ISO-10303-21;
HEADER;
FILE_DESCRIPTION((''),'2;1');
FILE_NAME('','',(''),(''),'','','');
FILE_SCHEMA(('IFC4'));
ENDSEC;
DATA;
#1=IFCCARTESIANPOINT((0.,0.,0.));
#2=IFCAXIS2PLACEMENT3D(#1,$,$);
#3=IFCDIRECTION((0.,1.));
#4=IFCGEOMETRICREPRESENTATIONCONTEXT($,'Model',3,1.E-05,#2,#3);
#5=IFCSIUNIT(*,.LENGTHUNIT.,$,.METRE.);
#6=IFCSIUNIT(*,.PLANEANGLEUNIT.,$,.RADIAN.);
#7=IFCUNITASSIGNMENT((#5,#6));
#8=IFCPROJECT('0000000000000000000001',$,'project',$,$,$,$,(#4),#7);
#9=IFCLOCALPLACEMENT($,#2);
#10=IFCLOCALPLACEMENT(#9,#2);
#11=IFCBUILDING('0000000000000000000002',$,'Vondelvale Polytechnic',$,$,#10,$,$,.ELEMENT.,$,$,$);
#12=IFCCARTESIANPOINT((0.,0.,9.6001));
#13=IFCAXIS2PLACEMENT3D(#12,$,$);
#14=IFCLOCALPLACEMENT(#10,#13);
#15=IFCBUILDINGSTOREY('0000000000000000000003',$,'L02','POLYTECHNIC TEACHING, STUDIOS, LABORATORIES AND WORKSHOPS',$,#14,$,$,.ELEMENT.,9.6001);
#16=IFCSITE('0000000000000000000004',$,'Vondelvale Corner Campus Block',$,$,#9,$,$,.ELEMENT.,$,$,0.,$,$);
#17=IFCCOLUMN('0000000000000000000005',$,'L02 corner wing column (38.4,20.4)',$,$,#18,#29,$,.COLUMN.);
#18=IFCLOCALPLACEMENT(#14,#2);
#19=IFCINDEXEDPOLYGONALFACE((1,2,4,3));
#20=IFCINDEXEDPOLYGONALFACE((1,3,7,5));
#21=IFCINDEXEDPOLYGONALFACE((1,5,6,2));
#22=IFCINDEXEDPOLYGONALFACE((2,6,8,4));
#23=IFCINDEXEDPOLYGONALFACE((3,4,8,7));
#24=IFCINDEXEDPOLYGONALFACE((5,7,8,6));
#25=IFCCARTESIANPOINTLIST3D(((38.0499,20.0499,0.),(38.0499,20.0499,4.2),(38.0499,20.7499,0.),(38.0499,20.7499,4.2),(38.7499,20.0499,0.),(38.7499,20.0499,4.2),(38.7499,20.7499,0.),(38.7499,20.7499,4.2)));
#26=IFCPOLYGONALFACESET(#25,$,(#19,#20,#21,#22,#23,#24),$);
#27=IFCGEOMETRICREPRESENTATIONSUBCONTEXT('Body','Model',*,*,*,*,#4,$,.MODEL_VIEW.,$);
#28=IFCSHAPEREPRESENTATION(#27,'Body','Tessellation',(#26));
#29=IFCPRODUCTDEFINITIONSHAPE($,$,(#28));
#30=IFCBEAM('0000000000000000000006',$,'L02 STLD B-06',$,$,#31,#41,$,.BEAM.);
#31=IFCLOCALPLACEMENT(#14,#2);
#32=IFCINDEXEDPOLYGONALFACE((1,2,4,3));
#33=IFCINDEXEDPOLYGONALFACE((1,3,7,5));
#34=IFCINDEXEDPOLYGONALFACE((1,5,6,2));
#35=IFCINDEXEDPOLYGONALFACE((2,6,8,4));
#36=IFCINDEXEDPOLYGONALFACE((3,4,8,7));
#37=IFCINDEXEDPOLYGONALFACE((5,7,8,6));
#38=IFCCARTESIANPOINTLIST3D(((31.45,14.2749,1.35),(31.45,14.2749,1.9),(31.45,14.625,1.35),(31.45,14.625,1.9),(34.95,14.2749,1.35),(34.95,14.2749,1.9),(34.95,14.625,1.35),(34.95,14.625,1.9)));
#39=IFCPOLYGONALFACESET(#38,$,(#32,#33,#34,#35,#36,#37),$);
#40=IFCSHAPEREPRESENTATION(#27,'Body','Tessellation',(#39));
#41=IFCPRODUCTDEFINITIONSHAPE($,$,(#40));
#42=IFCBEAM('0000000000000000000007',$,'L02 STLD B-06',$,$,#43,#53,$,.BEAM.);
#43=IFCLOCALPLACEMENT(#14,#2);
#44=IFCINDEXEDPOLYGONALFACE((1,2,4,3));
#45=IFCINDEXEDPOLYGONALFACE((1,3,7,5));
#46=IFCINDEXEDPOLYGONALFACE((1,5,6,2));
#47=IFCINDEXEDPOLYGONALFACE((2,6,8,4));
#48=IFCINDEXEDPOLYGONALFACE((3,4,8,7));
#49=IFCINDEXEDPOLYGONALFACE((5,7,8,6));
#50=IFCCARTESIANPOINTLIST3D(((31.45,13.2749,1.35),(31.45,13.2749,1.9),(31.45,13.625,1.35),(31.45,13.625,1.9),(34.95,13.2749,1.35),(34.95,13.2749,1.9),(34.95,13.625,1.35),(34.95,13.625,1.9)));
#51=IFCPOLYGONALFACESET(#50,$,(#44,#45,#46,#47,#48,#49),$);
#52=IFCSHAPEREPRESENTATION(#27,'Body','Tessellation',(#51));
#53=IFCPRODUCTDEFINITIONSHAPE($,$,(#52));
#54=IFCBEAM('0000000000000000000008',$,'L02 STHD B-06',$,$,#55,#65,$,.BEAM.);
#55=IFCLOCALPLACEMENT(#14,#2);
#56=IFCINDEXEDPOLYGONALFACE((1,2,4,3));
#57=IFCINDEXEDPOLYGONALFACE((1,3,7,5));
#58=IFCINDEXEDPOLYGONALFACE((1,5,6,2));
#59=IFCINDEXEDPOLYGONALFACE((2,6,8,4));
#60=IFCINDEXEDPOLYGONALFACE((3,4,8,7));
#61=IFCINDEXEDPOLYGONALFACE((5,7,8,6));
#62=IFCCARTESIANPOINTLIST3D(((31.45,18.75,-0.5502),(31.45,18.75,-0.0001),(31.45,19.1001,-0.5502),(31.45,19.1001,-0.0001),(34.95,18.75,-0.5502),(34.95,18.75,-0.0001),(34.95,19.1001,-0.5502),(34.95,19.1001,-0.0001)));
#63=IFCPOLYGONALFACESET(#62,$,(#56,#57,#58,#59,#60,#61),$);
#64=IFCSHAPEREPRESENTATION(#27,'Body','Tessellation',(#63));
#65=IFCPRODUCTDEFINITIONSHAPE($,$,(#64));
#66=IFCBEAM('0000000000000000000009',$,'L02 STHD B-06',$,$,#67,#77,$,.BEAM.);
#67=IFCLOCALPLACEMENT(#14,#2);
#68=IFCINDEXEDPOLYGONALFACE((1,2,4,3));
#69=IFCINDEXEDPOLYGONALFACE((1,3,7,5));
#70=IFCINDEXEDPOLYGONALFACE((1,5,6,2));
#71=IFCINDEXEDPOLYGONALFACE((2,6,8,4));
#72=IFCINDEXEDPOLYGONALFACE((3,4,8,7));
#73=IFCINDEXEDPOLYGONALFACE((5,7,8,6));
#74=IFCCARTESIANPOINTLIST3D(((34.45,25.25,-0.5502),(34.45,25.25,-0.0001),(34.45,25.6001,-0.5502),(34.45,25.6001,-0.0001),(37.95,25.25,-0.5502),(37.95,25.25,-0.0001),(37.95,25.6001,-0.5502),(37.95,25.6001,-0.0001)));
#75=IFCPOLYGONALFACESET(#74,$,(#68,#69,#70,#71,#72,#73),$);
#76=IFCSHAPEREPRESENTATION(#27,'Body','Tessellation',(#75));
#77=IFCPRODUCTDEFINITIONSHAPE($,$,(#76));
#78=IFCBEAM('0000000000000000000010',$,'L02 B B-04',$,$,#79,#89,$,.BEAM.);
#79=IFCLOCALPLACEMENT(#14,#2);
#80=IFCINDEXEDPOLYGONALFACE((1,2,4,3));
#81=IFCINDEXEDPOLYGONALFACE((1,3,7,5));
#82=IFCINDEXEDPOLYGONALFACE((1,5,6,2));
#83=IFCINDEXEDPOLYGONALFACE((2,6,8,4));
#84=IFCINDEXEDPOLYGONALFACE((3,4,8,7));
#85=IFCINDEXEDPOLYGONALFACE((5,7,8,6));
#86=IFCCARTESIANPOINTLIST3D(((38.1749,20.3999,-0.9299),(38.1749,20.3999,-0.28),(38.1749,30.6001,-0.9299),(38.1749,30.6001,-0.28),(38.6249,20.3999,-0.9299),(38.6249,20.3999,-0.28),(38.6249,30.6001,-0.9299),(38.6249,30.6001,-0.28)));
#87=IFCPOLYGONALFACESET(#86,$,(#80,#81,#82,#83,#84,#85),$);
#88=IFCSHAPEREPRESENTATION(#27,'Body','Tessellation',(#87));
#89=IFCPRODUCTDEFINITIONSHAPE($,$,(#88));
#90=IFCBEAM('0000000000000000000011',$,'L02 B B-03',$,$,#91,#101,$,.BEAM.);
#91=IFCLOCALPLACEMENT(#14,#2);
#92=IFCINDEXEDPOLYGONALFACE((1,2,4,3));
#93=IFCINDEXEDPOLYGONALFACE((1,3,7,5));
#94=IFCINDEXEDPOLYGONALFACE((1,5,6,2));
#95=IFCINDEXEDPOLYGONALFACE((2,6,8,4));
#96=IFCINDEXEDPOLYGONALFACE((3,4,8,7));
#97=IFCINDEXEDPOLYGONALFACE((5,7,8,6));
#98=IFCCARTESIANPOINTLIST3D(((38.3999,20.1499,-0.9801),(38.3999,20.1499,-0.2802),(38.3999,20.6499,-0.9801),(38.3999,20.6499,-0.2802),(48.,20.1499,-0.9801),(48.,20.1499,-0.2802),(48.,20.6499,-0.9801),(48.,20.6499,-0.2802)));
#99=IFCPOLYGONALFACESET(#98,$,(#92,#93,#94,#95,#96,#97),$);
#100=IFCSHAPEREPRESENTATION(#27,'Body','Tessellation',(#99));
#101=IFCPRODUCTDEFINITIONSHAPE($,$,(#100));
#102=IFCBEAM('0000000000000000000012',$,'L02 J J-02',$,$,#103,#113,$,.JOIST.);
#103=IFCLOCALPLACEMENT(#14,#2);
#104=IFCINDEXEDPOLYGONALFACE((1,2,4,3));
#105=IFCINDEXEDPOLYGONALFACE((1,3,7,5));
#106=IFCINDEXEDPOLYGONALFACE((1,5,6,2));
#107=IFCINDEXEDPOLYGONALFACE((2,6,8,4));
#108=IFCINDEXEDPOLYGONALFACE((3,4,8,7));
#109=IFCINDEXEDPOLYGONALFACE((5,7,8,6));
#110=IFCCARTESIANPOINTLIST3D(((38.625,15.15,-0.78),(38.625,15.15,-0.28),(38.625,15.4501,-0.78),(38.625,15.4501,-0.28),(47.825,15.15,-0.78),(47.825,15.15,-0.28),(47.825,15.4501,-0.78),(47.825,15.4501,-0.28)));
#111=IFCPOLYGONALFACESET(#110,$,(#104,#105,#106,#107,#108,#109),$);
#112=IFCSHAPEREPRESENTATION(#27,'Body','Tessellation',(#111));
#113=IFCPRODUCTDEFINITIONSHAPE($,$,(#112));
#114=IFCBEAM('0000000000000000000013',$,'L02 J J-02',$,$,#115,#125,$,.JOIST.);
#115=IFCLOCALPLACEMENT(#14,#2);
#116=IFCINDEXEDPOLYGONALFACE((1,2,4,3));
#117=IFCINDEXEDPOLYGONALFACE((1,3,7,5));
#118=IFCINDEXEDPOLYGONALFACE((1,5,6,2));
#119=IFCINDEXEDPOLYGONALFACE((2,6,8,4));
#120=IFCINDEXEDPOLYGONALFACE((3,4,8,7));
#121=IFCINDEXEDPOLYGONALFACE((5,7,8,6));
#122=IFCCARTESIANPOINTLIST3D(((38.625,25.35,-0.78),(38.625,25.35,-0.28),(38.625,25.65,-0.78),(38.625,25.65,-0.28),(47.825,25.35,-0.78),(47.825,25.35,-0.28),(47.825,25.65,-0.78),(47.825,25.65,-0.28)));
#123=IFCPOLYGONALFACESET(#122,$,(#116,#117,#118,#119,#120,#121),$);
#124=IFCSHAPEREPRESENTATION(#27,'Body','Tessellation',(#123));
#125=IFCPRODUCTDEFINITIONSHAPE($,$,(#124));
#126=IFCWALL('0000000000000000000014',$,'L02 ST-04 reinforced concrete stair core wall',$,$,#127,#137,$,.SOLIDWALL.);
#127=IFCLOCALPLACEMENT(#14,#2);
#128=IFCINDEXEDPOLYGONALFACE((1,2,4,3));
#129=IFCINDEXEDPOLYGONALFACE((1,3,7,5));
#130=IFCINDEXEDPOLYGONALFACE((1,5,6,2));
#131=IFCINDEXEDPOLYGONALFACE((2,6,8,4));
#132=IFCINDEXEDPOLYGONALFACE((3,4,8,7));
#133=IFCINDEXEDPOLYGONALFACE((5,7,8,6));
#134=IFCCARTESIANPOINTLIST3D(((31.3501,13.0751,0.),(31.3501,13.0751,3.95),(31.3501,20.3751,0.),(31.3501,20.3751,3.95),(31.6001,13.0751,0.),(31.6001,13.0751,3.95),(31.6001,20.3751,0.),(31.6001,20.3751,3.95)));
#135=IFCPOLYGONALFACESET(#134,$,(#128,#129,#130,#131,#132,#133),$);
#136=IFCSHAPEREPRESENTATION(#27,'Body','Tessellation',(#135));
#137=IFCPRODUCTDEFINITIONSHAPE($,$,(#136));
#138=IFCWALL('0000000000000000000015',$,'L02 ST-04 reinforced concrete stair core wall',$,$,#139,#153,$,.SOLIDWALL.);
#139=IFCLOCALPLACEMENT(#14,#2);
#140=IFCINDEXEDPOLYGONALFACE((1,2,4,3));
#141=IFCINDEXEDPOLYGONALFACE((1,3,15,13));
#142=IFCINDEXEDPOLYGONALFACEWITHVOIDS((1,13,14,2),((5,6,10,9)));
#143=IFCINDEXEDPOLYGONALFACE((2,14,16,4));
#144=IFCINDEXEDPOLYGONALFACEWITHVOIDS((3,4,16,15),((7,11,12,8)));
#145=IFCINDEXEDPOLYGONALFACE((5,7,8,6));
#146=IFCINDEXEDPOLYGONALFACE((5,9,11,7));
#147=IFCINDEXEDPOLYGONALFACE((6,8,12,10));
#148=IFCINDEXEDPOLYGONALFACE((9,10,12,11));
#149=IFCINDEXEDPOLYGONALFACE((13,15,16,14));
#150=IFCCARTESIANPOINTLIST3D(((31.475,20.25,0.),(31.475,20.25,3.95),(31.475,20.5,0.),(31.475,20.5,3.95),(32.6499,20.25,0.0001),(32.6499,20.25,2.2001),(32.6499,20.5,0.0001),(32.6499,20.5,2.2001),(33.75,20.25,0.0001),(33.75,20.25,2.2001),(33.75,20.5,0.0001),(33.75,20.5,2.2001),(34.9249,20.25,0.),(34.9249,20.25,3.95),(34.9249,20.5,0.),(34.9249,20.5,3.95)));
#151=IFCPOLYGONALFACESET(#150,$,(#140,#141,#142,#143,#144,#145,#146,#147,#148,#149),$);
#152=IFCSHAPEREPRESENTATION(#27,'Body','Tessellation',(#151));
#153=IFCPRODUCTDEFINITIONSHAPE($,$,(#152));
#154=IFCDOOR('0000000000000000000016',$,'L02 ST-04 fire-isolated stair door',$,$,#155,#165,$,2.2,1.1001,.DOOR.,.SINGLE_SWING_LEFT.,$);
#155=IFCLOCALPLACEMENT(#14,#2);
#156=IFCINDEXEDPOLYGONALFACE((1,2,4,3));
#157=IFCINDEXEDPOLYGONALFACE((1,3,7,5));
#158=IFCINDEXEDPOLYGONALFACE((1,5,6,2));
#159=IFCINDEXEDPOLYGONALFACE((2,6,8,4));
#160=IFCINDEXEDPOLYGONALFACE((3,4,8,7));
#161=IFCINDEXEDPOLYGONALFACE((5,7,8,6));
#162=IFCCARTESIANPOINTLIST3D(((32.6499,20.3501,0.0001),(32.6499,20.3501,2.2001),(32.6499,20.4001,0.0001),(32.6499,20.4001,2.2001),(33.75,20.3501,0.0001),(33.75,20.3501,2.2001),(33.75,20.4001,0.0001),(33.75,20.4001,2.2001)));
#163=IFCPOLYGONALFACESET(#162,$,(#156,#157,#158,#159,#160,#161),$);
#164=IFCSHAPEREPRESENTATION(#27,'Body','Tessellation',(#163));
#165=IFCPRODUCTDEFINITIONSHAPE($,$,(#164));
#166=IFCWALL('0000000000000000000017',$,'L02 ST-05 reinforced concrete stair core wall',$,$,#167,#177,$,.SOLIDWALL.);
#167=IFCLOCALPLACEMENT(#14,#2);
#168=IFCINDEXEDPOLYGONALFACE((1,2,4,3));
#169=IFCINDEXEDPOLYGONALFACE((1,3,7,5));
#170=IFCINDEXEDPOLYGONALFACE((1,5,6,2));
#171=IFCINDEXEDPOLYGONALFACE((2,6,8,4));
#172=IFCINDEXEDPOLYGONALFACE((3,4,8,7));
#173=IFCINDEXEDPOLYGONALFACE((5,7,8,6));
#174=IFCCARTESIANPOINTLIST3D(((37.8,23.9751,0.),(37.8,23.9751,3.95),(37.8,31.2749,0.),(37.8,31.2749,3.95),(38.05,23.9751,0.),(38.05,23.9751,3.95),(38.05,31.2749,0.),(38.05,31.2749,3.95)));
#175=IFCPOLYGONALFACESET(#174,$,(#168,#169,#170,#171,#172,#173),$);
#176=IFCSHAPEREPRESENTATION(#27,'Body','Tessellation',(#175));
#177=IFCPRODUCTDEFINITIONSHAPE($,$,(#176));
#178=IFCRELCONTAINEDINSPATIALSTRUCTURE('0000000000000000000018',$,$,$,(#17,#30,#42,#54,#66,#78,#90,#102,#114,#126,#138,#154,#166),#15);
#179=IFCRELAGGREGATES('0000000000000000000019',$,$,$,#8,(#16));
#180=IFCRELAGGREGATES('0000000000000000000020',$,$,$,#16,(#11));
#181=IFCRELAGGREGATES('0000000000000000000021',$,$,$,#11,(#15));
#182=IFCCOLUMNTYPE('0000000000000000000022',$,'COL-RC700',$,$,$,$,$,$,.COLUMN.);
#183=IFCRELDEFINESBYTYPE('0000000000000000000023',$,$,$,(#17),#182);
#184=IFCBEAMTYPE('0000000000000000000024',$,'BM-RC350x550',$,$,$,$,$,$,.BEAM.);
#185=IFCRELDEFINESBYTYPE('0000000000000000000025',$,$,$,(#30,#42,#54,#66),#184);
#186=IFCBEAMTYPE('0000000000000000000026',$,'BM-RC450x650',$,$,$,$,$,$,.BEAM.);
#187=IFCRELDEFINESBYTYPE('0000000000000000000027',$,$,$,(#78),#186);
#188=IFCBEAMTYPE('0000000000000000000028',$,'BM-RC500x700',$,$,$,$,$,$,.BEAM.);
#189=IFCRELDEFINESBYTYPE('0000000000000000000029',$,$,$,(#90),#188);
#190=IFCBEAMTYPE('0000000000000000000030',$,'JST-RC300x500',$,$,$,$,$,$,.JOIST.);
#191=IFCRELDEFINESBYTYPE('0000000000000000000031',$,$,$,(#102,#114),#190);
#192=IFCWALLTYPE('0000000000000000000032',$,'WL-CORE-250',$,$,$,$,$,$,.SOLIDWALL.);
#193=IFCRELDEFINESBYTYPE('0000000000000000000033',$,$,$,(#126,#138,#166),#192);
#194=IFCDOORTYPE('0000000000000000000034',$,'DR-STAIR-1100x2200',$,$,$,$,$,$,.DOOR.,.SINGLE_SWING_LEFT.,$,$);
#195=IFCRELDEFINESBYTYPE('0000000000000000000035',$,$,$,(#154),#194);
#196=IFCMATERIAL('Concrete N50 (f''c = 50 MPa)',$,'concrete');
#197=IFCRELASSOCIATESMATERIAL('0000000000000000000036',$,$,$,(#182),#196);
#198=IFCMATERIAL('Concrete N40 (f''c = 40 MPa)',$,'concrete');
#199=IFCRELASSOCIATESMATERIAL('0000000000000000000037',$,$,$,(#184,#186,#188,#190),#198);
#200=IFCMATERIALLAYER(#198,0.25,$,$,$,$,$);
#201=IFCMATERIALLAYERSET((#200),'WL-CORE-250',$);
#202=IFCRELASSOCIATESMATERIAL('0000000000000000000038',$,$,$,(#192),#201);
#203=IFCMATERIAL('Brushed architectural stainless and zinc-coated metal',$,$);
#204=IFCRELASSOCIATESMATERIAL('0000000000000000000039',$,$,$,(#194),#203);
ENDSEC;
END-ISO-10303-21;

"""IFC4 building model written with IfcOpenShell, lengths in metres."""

from ifc_helpers import new_model, si_unit, direction, frame, frame_2d, origin, origin_2d, place, context, subcontext, project, spatial, rectangle, extrude, material, layer, layer_set, material_profile, profile_set, type_object, element, fill, save


model = new_model("IFC4")

# Units and contexts
model_context = context("Model", 3, precision=1e-05, world=origin(), true_north=direction((0.0, 1.0)))
body_context = subcontext(model_context, "Body", "Model", "MODEL_VIEW")
ifc_project = project(units=[si_unit("LENGTHUNIT", "METRE"), si_unit("PLANEANGLEUNIT", "RADIAN")], contexts=[model_context])

# Site, building, storey
site_placement = place(None, origin())
site = spatial("IfcSite", under=ifc_project, at=site_placement, Name="Vondelvale Corner Campus Block", CompositionType="ELEMENT", RefElevation=0.0)
building_placement = place(site_placement, origin())
building = spatial("IfcBuilding", under=site, at=building_placement, Name="Vondelvale Polytechnic", CompositionType="ELEMENT")
storey_placement = place(building_placement, frame((0.0, 0.0, 9.6001)))
storey = spatial("IfcBuildingStorey", under=building, at=storey_placement, Name="L02", Description="POLYTECHNIC TEACHING, STUDIOS, LABORATORIES AND WORKSHOPS", CompositionType="ELEMENT", Elevation=9.6001)

# Column
ifc_material_1 = material(Name="Concrete N50 (f'c = 50 MPa)", Category="concrete")
ifc_material_profile_1 = material_profile(ifc_material_1, rectangle(XDim=0.7, YDim=0.7, at=origin_2d()), Name="RC-COL-700x700")
ifc_profile_set_1 = profile_set([ifc_material_profile_1], Name="Concrete N50 (f'c = 50 MPa)")
column_type = type_object("IfcColumnType", Name="COL-RC700", PredefinedType="COLUMN", material=ifc_profile_set_1)
column_placement = place(storey_placement, frame((38.3999, 20.3999, 0.0), z_axis=(0.0, 0.0, 1.0), x_axis=(1.0, 0.0, 0.0)))
element("IfcColumn", 1, at=column_placement, inside=storey, type_object=column_type, Name="L02 corner wing column (38.4,20.4)", PredefinedType="COLUMN", context=body_context, shape_type="SweptSolid", body=[
    extrude(rectangle(XDim=0.7, YDim=0.7, at=origin_2d()), origin(), (0.0, 0.0, 1.0), 4.2),
])

# Beams
ifc_material_2 = material(Name="Concrete N40 (f'c = 40 MPa)", Category="concrete")
ifc_material_profile_2 = material_profile(ifc_material_2, rectangle(XDim=0.3501, YDim=0.55, at=origin_2d()), Name="RC-BM-350x550")
ifc_profile_set_2 = profile_set([ifc_material_profile_2], Name="Concrete N40 (f'c = 40 MPa)")
beam_type_1 = type_object("IfcBeamType", Name="BM-RC350x550", PredefinedType="BEAM", material=ifc_profile_set_2)
for number, where, z_axis, x_axis, name in (
    (2, (31.45, 14.45, 1.625), (1.0, 0.0, 0.0), (0.0, 1.0, 0.0), "L02 STLD B-06"),
    (3, (31.45, 13.45, 1.625), (1.0, 0.0, 0.0), (0.0, 1.0, 0.0), "L02 STLD B-06"),
    (4, (31.45, 18.925, -0.2751), (1.0, 0.0, 0.0), (0.0, 1.0, 0.0), "L02 STHD B-06"),
    (5, (37.95, 25.425, -0.2751), (-1.0, 0.0, 0.0), (0.0, -1.0, 0.0), "L02 STHD B-06"),
):
    element("IfcBeam", number, at=place(storey_placement, frame(where, z_axis=z_axis, x_axis=x_axis)), inside=storey, type_object=beam_type_1, Name=name, PredefinedType="BEAM", context=body_context, shape_type="SweptSolid", body=[
        extrude(rectangle(XDim=0.3501, YDim=0.55, at=origin_2d()), origin(), (0.0, 0.0, 1.0), 3.5),
    ])
ifc_material_profile_3 = material_profile(ifc_material_2, rectangle(XDim=0.45, YDim=0.6499, at=origin_2d()), Name="RC-BM-450x650")
ifc_profile_set_3 = profile_set([ifc_material_profile_3], Name="Concrete N40 (f'c = 40 MPa)")
beam_type_2 = type_object("IfcBeamType", Name="BM-RC450x650", PredefinedType="BEAM", material=ifc_profile_set_3)
beam_1_placement = place(storey_placement, frame((38.3999, 20.3999, -0.605), z_axis=(0.0, 1.0, 0.0), x_axis=(-1.0, 0.0, 0.0)))
element("IfcBeam", 6, at=beam_1_placement, inside=storey, type_object=beam_type_2, Name="L02 B B-04", PredefinedType="BEAM", context=body_context, shape_type="SweptSolid", body=[
    extrude(rectangle(XDim=0.45, YDim=0.6499, at=origin_2d()), origin(), (0.0, 0.0, 1.0), 10.2002),
])
ifc_material_profile_4 = material_profile(ifc_material_2, rectangle(XDim=0.5, YDim=0.7, at=origin_2d()), Name="RC-BM-500x700")
ifc_profile_set_4 = profile_set([ifc_material_profile_4], Name="Concrete N40 (f'c = 40 MPa)")
beam_type_3 = type_object("IfcBeamType", Name="BM-RC500x700", PredefinedType="BEAM", material=ifc_profile_set_4)
beam_2_placement = place(storey_placement, frame((38.3999, 20.3999, -0.6301), z_axis=(1.0, 0.0, 0.0), x_axis=(0.0, 1.0, 0.0)))
element("IfcBeam", 7, at=beam_2_placement, inside=storey, type_object=beam_type_3, Name="L02 B B-03", PredefinedType="BEAM", context=body_context, shape_type="SweptSolid", body=[
    extrude(rectangle(XDim=0.5, YDim=0.7, at=origin_2d()), origin(), (0.0, 0.0, 1.0), 9.6001),
])
ifc_material_profile_5 = material_profile(ifc_material_2, rectangle(XDim=0.3, YDim=0.5, at=origin_2d()), Name="RC-JST-300x500")
ifc_profile_set_5 = profile_set([ifc_material_profile_5], Name="Concrete N40 (f'c = 40 MPa)")
beam_type_4 = type_object("IfcBeamType", Name="JST-RC300x500", PredefinedType="JOIST", material=ifc_profile_set_5)
for number, where, z_axis, x_axis, name in (
    (8, (38.625, 15.3, -0.53), (1.0, 0.0, 0.0), (0.0, 1.0, 0.0), "L02 J J-02"),
    (9, (38.625, 25.5, -0.53), (1.0, 0.0, 0.0), (0.0, 1.0, 0.0), "L02 J J-02"),
):
    element("IfcBeam", number, at=place(storey_placement, frame(where, z_axis=z_axis, x_axis=x_axis)), inside=storey, type_object=beam_type_4, Name=name, PredefinedType="JOIST", context=body_context, shape_type="SweptSolid", body=[
        extrude(rectangle(XDim=0.3, YDim=0.5, at=origin_2d()), origin(), (0.0, 0.0, 1.0), 9.2),
    ])

# Wall
ifc_layer_1 = layer(ifc_material_2, 0.25)
ifc_layer_set_1 = layer_set([ifc_layer_1], Name="WL-CORE-250")
wall_type_1 = type_object("IfcWallType", Name="WL-CORE-250", PredefinedType="SOLIDWALL", material=ifc_layer_set_1)
wall_1_placement = place(storey_placement, frame((31.4751, 20.375, 0.0), z_axis=(0.0, 0.0, 1.0), x_axis=(0.0, -1.0, 0.0)))
element("IfcWall", 10, at=wall_1_placement, inside=storey, type_object=wall_type_1, Name="L02 ST-04 reinforced concrete stair core wall", PredefinedType="SOLIDWALL", context=body_context, shape_type="SweptSolid", body=[
    extrude(rectangle(XDim=7.3, YDim=0.25, at=frame_2d((3.6499, 0.0))), origin(), (0.0, 0.0, 1.0), 3.95),
])

# Wall, opening, door
wall_2_placement = place(storey_placement, frame((34.925, 20.375, 0.0), z_axis=(0.0, 0.0, 1.0), x_axis=(-1.0, 0.0, 0.0)))
wall_2 = element("IfcWall", 11, at=wall_2_placement, inside=storey, type_object=wall_type_1, Name="L02 ST-04 reinforced concrete stair core wall", PredefinedType="SOLIDWALL", context=body_context, shape_type="SweptSolid", body=[
    extrude(rectangle(XDim=3.45, YDim=0.25, at=frame_2d((1.7251, 0.0))), origin(), (0.0, 0.0, 1.0), 3.95),
])
opening_1_placement = place(wall_2_placement, frame((1.175, 0.0, 0.0)))
opening_1 = element("IfcOpeningElement", 12, at=opening_1_placement, cuts=wall_2, PredefinedType="OPENING", context=body_context, shape_type="SweptSolid", body=[
    extrude(rectangle(XDim=1.1001, YDim=2.2, at=frame_2d((0.55, 1.1001))), frame((0.0, 0.135, 0.0), z_axis=(0.0, -1.0, 0.0), x_axis=(1.0, 0.0, 0.0)), (0.0, 0.0, 1.0), 0.27),
])
ifc_material_3 = material(Name="Brushed architectural stainless and zinc-coated metal")
door_type_1 = type_object("IfcDoorType", Name="DR-STAIR-1100x2200", OperationType="SINGLE_SWING_LEFT", PredefinedType="DOOR", material=ifc_material_3)
door_1_placement = place(opening_1_placement, origin())
door_1 = element("IfcDoor", 13, at=door_1_placement, inside=storey, type_object=door_type_1, Name="L02 ST-04 fire-isolated stair door", OperationType="SINGLE_SWING_LEFT", OverallHeight=2.2, OverallWidth=1.1001, PredefinedType="DOOR", context=body_context, shape_type="SweptSolid", body=[
    extrude(rectangle(XDim=1.1001, YDim=2.2, at=frame_2d((0.55, 1.1001))), frame((0.0, 0.0249, 0.0), z_axis=(0.0, -1.0, 0.0), x_axis=(1.0, 0.0, 0.0)), (0.0, 0.0, 1.0), 0.05),
])
fill(opening_1, door_1)

# Wall
wall_3_placement = place(storey_placement, frame((37.925, 23.9751, 0.0), z_axis=(0.0, 0.0, 1.0), x_axis=(0.0, 1.0, 0.0)))
element("IfcWall", 14, at=wall_3_placement, inside=storey, type_object=wall_type_1, Name="L02 ST-05 reinforced concrete stair core wall", PredefinedType="SOLIDWALL", context=body_context, shape_type="SweptSolid", body=[
    extrude(rectangle(XDim=7.2998, YDim=0.25, at=frame_2d((3.6499, 0.0))), origin(), (0.0, 0.0, 1.0), 3.95),
])

save(model, "model.ifc")
